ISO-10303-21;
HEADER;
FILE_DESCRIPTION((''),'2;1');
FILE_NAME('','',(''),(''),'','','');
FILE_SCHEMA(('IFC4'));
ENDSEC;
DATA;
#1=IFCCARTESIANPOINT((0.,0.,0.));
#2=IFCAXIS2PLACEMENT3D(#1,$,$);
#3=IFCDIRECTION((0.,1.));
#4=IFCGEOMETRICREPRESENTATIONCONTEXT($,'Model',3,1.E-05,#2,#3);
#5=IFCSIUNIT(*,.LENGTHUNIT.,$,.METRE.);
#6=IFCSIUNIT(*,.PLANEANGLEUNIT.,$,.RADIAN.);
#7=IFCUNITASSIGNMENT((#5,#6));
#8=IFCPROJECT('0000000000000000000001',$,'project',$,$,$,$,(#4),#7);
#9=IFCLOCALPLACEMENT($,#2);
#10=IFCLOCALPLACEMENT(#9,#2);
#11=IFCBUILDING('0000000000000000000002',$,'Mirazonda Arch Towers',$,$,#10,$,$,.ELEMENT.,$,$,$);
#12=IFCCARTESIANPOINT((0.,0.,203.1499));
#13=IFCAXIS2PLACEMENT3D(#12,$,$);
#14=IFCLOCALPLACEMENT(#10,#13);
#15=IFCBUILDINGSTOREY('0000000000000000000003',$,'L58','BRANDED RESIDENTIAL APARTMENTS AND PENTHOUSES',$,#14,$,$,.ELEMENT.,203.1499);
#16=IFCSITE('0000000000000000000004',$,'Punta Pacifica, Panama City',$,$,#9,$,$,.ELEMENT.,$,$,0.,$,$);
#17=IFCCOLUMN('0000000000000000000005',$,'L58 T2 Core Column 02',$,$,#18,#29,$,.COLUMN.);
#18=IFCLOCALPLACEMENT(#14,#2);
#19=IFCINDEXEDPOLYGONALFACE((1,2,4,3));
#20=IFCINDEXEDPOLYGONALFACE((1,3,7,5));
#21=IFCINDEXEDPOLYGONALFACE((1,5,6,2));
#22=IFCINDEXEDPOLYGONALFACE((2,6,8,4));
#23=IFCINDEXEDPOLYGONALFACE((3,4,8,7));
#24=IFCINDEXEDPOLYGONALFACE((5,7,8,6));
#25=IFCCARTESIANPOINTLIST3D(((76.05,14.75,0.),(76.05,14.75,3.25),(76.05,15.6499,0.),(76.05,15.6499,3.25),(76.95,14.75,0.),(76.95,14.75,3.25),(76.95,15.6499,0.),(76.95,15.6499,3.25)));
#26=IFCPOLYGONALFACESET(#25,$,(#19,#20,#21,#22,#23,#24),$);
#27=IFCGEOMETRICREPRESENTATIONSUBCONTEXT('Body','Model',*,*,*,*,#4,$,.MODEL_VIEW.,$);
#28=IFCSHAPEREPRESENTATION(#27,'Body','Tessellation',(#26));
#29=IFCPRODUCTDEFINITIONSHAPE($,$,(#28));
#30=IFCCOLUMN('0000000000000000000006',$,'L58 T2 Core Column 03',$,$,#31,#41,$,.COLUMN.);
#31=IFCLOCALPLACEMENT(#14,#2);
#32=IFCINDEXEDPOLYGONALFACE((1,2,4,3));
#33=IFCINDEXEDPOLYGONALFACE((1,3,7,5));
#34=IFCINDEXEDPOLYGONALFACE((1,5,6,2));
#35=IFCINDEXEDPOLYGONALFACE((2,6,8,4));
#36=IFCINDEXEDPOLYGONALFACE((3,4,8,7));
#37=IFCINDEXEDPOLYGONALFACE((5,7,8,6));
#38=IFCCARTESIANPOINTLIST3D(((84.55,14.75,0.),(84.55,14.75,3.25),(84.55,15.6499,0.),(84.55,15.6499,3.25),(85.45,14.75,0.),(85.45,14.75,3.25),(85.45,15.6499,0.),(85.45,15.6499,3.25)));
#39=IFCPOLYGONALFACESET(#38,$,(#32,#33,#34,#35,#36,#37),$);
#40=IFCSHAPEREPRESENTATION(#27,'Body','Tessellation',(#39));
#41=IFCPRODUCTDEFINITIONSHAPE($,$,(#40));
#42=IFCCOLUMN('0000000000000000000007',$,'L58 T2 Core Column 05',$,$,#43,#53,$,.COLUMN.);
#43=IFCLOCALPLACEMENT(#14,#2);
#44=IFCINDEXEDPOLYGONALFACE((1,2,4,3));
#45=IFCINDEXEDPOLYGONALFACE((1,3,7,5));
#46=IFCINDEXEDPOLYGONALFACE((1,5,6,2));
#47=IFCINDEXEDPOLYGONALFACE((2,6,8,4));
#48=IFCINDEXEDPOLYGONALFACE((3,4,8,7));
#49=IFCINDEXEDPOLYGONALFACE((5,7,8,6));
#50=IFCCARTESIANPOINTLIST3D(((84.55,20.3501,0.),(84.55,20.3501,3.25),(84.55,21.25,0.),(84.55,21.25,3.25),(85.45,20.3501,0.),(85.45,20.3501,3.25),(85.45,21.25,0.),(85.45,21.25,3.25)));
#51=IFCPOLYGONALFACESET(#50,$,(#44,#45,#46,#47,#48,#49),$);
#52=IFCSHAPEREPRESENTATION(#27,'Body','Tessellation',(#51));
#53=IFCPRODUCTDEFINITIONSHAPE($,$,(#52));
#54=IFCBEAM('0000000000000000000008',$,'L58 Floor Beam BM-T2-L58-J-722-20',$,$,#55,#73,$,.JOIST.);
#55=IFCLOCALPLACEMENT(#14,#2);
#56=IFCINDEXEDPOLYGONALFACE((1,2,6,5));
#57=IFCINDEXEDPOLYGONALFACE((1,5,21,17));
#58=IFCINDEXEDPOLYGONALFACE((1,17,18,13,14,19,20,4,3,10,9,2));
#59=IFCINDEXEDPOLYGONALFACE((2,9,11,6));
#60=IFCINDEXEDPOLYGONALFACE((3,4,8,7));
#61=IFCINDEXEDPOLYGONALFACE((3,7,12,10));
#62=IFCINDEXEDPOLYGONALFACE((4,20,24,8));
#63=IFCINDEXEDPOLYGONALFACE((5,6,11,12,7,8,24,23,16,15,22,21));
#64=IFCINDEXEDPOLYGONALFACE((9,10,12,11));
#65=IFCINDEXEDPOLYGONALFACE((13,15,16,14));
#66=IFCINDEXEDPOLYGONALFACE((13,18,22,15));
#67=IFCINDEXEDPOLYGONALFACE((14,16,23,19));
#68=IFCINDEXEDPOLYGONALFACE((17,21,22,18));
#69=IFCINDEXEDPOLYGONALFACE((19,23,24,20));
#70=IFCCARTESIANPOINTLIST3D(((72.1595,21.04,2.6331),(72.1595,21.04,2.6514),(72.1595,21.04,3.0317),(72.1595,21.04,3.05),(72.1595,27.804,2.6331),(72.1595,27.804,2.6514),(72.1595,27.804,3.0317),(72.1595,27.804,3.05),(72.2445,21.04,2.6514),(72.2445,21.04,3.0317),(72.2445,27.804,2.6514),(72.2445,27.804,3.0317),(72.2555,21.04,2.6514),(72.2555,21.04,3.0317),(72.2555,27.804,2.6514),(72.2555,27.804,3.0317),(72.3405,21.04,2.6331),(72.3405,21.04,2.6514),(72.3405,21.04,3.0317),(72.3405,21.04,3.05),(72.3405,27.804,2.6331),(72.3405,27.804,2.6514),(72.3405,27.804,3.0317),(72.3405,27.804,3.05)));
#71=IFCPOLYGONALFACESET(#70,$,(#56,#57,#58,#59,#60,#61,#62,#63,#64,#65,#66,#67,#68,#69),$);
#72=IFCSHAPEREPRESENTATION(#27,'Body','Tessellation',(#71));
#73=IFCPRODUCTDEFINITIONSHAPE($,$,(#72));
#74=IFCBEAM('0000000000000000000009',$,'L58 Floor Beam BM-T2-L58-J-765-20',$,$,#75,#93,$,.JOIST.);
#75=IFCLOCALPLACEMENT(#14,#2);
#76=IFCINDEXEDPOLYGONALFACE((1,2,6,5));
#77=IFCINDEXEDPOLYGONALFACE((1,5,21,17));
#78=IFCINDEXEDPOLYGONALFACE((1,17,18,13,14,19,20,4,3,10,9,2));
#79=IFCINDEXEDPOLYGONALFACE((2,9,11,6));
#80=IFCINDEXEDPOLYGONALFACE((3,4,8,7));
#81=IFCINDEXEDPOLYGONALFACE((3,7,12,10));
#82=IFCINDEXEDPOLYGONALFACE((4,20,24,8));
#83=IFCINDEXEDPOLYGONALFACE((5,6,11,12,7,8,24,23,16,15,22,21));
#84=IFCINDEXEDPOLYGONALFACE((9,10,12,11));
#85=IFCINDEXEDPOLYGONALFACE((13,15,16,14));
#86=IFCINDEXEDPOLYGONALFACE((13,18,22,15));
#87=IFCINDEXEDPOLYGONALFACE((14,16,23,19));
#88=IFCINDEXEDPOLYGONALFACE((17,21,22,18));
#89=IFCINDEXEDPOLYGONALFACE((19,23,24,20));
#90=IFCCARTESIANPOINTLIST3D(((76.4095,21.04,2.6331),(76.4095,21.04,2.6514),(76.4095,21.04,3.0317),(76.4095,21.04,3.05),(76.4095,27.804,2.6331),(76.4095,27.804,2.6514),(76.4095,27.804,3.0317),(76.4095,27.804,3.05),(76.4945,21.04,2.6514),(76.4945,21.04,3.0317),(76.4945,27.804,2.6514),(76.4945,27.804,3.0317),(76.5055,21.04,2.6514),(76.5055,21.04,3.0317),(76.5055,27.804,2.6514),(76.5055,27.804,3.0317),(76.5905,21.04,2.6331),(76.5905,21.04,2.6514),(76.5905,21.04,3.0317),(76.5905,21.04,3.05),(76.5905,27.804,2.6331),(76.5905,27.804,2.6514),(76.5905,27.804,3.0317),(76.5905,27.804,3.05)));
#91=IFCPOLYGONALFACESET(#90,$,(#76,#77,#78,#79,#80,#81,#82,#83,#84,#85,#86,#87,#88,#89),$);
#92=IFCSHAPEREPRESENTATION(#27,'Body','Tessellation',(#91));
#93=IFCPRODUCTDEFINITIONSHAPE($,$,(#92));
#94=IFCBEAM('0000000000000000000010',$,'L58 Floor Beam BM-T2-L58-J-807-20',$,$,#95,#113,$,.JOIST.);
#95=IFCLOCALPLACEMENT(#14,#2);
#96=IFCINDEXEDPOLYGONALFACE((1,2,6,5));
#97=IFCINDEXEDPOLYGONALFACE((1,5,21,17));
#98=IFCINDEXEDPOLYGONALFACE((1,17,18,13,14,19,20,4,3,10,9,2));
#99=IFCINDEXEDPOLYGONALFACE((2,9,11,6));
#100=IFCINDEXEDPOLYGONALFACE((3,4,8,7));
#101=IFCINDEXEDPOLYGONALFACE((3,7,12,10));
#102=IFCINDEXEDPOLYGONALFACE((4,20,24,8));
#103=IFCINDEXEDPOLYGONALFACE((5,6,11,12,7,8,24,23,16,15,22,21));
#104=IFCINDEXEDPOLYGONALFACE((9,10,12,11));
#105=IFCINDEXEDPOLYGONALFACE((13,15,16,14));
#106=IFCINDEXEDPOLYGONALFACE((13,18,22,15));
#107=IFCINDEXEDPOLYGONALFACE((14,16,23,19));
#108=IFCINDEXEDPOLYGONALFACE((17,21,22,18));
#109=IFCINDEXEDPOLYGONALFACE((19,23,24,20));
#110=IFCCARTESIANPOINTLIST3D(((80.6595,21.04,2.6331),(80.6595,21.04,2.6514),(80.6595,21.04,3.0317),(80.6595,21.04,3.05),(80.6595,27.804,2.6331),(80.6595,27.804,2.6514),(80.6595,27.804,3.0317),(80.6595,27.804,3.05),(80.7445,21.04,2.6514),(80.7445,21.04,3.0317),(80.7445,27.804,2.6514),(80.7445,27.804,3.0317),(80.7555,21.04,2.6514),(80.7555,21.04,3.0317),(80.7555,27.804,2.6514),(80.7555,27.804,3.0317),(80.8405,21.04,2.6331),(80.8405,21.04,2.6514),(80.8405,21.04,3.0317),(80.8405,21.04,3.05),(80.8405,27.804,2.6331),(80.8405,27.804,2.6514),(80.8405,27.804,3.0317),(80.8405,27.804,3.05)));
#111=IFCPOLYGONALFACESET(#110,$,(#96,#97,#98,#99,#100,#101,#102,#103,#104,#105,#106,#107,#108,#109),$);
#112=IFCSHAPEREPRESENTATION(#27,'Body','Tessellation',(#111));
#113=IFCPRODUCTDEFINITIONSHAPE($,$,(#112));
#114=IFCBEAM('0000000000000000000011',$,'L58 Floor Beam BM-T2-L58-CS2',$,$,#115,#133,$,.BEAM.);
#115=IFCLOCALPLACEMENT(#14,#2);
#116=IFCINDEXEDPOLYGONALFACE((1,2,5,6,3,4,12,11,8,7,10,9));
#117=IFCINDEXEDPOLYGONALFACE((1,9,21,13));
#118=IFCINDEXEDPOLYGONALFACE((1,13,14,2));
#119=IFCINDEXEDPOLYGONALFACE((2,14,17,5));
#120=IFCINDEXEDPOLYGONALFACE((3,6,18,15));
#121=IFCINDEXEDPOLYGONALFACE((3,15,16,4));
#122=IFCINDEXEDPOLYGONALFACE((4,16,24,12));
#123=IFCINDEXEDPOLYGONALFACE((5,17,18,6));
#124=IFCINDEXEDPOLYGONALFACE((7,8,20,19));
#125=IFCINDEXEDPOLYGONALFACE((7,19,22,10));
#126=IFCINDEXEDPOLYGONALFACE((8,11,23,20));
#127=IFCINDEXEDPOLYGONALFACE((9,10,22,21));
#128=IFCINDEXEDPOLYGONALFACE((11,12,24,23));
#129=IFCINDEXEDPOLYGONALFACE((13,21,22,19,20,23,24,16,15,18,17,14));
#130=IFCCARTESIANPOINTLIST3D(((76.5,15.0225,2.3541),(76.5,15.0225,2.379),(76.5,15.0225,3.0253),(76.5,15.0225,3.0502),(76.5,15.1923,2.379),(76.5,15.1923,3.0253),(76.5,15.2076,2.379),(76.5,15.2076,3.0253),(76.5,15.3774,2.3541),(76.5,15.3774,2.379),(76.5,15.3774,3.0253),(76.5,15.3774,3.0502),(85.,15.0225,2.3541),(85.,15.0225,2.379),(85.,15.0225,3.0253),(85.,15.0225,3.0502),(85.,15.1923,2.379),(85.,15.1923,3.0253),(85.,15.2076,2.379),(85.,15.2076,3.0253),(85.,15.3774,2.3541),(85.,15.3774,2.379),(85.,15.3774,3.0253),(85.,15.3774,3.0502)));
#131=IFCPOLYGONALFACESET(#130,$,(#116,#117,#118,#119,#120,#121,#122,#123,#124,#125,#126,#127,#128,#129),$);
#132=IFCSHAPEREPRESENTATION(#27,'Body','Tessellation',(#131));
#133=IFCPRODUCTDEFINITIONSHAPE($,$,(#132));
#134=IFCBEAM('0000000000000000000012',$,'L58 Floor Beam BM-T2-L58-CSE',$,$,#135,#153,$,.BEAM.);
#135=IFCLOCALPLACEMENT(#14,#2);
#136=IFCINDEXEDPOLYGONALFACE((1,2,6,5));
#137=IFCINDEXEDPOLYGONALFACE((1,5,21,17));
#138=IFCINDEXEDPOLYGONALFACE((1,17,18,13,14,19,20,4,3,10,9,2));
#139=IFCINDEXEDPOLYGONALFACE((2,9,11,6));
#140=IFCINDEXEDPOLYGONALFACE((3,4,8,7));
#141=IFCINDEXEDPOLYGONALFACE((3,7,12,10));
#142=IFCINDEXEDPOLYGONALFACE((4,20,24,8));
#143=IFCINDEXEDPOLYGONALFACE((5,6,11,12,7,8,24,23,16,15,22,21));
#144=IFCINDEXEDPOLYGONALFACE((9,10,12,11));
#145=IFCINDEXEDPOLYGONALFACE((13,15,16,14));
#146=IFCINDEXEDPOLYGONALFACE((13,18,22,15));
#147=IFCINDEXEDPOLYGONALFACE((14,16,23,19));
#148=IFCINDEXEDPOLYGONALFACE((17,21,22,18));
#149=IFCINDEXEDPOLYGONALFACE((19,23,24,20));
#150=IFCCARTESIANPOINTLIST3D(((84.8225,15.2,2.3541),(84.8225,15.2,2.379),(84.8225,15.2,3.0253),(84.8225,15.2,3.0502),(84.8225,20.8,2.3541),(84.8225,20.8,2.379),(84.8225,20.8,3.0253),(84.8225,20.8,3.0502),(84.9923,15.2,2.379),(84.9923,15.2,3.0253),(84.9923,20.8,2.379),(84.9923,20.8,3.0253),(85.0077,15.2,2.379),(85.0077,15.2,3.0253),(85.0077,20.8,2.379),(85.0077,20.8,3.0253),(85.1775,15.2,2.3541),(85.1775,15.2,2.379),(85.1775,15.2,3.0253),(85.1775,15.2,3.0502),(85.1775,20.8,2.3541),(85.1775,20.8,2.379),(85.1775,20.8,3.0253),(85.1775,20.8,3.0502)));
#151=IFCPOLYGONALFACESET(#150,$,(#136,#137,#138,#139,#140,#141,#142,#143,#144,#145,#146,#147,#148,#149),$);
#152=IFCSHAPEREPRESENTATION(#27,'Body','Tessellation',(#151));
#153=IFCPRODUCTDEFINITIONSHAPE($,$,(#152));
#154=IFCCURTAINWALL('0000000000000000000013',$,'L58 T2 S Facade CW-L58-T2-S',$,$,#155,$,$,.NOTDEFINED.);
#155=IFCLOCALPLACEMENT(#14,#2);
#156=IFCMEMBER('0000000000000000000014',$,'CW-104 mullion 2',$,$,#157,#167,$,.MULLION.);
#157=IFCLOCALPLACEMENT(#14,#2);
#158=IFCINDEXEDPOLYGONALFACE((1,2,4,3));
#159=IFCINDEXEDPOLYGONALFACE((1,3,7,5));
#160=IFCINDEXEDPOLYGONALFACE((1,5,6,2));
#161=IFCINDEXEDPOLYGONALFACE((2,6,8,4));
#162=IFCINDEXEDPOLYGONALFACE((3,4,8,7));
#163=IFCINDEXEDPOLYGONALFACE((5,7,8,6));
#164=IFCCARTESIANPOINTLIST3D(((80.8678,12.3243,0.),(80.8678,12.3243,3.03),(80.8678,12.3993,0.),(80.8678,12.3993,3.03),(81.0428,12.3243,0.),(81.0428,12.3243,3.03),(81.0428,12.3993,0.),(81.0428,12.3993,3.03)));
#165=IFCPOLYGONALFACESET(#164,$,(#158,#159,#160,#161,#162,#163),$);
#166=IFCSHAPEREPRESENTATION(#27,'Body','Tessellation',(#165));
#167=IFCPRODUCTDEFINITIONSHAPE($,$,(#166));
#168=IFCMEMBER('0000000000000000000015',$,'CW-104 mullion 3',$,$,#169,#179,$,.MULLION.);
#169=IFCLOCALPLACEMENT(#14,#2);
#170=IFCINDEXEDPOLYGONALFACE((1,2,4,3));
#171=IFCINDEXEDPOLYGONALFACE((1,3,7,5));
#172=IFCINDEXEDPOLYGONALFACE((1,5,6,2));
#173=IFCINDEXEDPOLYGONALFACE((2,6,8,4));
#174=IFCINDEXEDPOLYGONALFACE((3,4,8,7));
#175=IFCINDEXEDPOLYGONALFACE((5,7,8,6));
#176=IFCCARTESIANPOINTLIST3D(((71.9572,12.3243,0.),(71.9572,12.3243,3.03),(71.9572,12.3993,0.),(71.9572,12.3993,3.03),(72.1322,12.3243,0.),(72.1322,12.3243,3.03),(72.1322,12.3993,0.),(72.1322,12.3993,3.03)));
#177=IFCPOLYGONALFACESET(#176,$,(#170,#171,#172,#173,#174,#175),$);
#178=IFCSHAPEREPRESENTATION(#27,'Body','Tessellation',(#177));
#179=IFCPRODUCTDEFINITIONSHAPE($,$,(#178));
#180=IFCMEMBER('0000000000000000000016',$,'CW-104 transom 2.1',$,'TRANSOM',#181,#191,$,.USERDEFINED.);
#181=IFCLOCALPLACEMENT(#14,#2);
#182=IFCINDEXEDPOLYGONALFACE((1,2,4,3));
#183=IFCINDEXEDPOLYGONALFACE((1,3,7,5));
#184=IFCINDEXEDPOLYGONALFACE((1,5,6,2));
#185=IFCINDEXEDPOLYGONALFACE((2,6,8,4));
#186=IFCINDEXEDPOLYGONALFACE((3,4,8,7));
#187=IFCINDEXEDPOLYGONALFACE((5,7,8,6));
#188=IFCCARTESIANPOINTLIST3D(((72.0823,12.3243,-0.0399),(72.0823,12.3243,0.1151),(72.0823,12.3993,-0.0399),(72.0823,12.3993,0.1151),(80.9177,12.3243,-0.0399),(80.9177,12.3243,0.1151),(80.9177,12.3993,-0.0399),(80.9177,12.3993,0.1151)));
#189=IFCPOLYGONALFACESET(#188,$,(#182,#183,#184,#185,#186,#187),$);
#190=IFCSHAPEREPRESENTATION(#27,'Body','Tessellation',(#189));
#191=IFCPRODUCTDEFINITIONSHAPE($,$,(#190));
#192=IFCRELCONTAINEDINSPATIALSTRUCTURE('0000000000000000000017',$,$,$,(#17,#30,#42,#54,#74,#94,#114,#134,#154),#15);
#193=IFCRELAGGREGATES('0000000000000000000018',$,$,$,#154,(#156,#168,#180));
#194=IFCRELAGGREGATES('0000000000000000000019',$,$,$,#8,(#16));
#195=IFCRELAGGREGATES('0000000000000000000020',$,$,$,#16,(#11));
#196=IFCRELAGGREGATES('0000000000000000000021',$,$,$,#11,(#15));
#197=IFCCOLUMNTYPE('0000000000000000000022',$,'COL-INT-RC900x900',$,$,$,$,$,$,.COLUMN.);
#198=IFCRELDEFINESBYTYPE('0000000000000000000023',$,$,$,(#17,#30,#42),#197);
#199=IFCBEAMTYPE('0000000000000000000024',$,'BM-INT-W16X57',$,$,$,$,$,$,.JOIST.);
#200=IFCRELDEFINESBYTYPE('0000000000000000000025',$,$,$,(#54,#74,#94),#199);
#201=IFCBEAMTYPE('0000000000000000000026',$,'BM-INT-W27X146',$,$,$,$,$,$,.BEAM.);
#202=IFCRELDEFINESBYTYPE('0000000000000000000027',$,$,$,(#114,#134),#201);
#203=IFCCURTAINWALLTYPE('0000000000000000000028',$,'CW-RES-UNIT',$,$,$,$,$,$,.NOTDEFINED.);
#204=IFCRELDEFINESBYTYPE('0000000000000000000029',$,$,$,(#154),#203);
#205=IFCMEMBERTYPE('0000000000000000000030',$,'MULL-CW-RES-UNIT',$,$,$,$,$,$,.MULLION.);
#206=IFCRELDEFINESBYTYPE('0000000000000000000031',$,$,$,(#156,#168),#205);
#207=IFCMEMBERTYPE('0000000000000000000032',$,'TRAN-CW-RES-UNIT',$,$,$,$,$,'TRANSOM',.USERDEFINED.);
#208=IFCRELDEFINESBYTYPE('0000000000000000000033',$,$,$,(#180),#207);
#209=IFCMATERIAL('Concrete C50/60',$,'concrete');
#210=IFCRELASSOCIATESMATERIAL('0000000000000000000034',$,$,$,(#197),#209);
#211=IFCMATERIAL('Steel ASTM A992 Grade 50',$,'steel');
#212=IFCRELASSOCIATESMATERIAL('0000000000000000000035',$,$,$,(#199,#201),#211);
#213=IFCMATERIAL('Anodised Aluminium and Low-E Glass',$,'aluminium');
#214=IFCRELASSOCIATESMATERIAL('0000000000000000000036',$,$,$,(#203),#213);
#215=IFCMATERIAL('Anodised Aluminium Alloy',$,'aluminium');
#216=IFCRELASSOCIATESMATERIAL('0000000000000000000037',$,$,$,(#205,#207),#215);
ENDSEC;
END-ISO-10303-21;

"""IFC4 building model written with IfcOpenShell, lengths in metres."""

from ifc_helpers import new_model, si_unit, direction, frame, origin, origin_2d, place, context, subcontext, project, spatial, rectangle, i_section, extrude, material, material_profile, profile_set, type_object, element, aggregate, save


model = new_model("IFC4")

# Units and contexts
model_context = context("Model", 3, precision=1e-05, world=origin(), true_north=direction((0.0, 1.0)))
body_context = subcontext(model_context, "Body", "Model", "MODEL_VIEW")
ifc_project = project(units=[si_unit("LENGTHUNIT", "METRE"), si_unit("PLANEANGLEUNIT", "RADIAN")], contexts=[model_context])

# Site, building, storey
site_placement = place(None, origin())
site = spatial("IfcSite", under=ifc_project, at=site_placement, Name="Punta Pacifica, Panama City", CompositionType="ELEMENT", RefElevation=0.0)
building_placement = place(site_placement, origin())
building = spatial("IfcBuilding", under=site, at=building_placement, Name="Mirazonda Arch Towers", CompositionType="ELEMENT")
storey_placement = place(building_placement, frame((0.0, 0.0, 203.1499)))
storey = spatial("IfcBuildingStorey", under=building, at=storey_placement, Name="L58", Description="BRANDED RESIDENTIAL APARTMENTS AND PENTHOUSES", CompositionType="ELEMENT", Elevation=203.1499)

# Columns
ifc_material_1 = material(Name="Concrete C50/60", Category="concrete")
ifc_material_profile_1 = material_profile(ifc_material_1, rectangle(XDim=0.8999, YDim=0.8999, at=origin_2d()), Name="RC900x900")
ifc_profile_set_1 = profile_set([ifc_material_profile_1], Name="Concrete C50/60")
column_type = type_object("IfcColumnType", Name="COL-INT-RC900x900", PredefinedType="COLUMN", material=ifc_profile_set_1)
for number, where, z_axis, x_axis, name in (
    (1, (76.5, 15.2, 0.0), (0.0, 0.0, 1.0), (1.0, 0.0, 0.0), "L58 T2 Core Column 02"),
    (2, (85.0, 15.2, 0.0), (0.0, 0.0, 1.0), (1.0, 0.0, 0.0), "L58 T2 Core Column 03"),
    (3, (85.0, 20.8, 0.0), (0.0, 0.0, 1.0), (1.0, 0.0, 0.0), "L58 T2 Core Column 05"),
):
    element("IfcColumn", number, at=place(storey_placement, frame(where, z_axis=z_axis, x_axis=x_axis)), inside=storey, type_object=column_type, Name=name, PredefinedType="COLUMN", context=body_context, shape_type="SweptSolid", body=[
        extrude(rectangle(XDim=0.8999, YDim=0.8999, at=origin_2d()), origin(), (0.0, 0.0, 1.0), 3.25),
    ])

# Beams
ifc_material_2 = material(Name="Steel ASTM A992 Grade 50", Category="steel")
ifc_material_profile_2 = material_profile(ifc_material_2, i_section(OverallWidth=0.1809, OverallDepth=0.417, WebThickness=0.011, FlangeThickness=0.0183, at=origin_2d()), Name="W16X57")
ifc_profile_set_2 = profile_set([ifc_material_profile_2], Name="Steel ASTM A992 Grade 50")
beam_type_1 = type_object("IfcBeamType", Name="BM-INT-W16X57", PredefinedType="JOIST", material=ifc_profile_set_2)
for number, where, z_axis, x_axis, name in (
    (4, (72.25, 21.04, 2.8416), (0.0, 1.0, 0.0), (-1.0, 0.0, 0.0), "L58 Floor Beam BM-T2-L58-J-722-20"),
    (5, (76.5, 21.04, 2.8416), (0.0, 1.0, 0.0), (-1.0, 0.0, 0.0), "L58 Floor Beam BM-T2-L58-J-765-20"),
    (6, (80.75, 21.04, 2.8416), (0.0, 1.0, 0.0), (-1.0, 0.0, 0.0), "L58 Floor Beam BM-T2-L58-J-807-20"),
):
    element("IfcBeam", number, at=place(storey_placement, frame(where, z_axis=z_axis, x_axis=x_axis)), inside=storey, type_object=beam_type_1, Name=name, PredefinedType="JOIST", context=body_context, shape_type="SweptSolid", body=[
        extrude(i_section(OverallWidth=0.1809, OverallDepth=0.417, WebThickness=0.011, FlangeThickness=0.0183, at=origin_2d()), origin(), (0.0, 0.0, 1.0), 6.7639),
    ])
ifc_material_profile_3 = material_profile(ifc_material_2, i_section(OverallWidth=0.355, OverallDepth=0.696, WebThickness=0.0154, FlangeThickness=0.0249, at=origin_2d()), Name="W27X146")
ifc_profile_set_3 = profile_set([ifc_material_profile_3], Name="Steel ASTM A992 Grade 50")
beam_type_2 = type_object("IfcBeamType", Name="BM-INT-W27X146", PredefinedType="BEAM", material=ifc_profile_set_3)
beam_1_placement = place(storey_placement, frame((76.5, 15.2, 2.7021), z_axis=(1.0, 0.0, 0.0), x_axis=(0.0, 1.0, 0.0)))
element("IfcBeam", 7, at=beam_1_placement, inside=storey, type_object=beam_type_2, Name="L58 Floor Beam BM-T2-L58-CS2", PredefinedType="BEAM", context=body_context, shape_type="SweptSolid", body=[
    extrude(i_section(OverallWidth=0.355, OverallDepth=0.696, WebThickness=0.0154, FlangeThickness=0.0249, at=origin_2d()), origin(), (0.0, 0.0, 1.0), 8.5),
])
beam_2_placement = place(storey_placement, frame((85.0, 15.2, 2.7021), z_axis=(0.0, 1.0, 0.0), x_axis=(-1.0, 0.0, 0.0)))
element("IfcBeam", 8, at=beam_2_placement, inside=storey, type_object=beam_type_2, Name="L58 Floor Beam BM-T2-L58-CSE", PredefinedType="BEAM", context=body_context, shape_type="SweptSolid", body=[
    extrude(i_section(OverallWidth=0.355, OverallDepth=0.696, WebThickness=0.0154, FlangeThickness=0.0249, at=origin_2d()), origin(), (0.0, 0.0, 1.0), 5.6001),
])

# Curtain wall, members
ifc_material_3 = material(Name="Anodised Aluminium and Low-E Glass", Category="aluminium")
curtain_wall_type = type_object("IfcCurtainWallType", Name="CW-RES-UNIT", PredefinedType="NOTDEFINED", material=ifc_material_3)
curtain_wall_placement = place(storey_placement, origin())
curtain_wall = element("IfcCurtainWall", 9, at=curtain_wall_placement, inside=storey, type_object=curtain_wall_type, Name="L58 T2 S Facade CW-L58-T2-S", PredefinedType="NOTDEFINED")
ifc_material_4 = material(Name="Anodised Aluminium Alloy", Category="aluminium")
ifc_material_profile_4 = material_profile(ifc_material_4, rectangle(XDim=0.075, YDim=0.175, at=origin_2d()), Name="ALU-MULL-75x175")
ifc_profile_set_4 = profile_set([ifc_material_profile_4], Name="Anodised Aluminium Alloy")
member_type_1 = type_object("IfcMemberType", Name="MULL-CW-RES-UNIT", PredefinedType="MULLION", material=ifc_profile_set_4)
member_1_placement = place(storey_placement, frame((80.9553, 12.3618, 0.0), z_axis=(0.0, 0.0, 1.0), x_axis=(0.0, -1.0, 0.0)))
member_1 = element("IfcMember", 10, at=member_1_placement, type_object=member_type_1, Name="CW-104 mullion 2", PredefinedType="MULLION", context=body_context, shape_type="SweptSolid", body=[
    extrude(rectangle(XDim=0.075, YDim=0.175, at=origin_2d()), origin(), (0.0, 0.0, 1.0), 3.03),
])
member_2_placement = place(storey_placement, frame((72.0447, 12.3618, 0.0), z_axis=(0.0, 0.0, 1.0), x_axis=(0.0, -1.0, 0.0)))
member_2 = element("IfcMember", 11, at=member_2_placement, type_object=member_type_1, Name="CW-104 mullion 3", PredefinedType="MULLION", context=body_context, shape_type="SweptSolid", body=[
    extrude(rectangle(XDim=0.075, YDim=0.175, at=origin_2d()), origin(), (0.0, 0.0, 1.0), 3.03),
])
ifc_material_profile_5 = material_profile(ifc_material_4, rectangle(XDim=0.075, YDim=0.155, at=origin_2d()), Name="ALU-TRAN-75x155")
ifc_profile_set_5 = profile_set([ifc_material_profile_5], Name="Anodised Aluminium Alloy")
member_type_2 = type_object("IfcMemberType", Name="TRAN-CW-RES-UNIT", ElementType="TRANSOM", PredefinedType="USERDEFINED", material=ifc_profile_set_5)
member_3_placement = place(storey_placement, frame((80.9177, 12.3618, 0.0376), z_axis=(-1.0, 0.0, 0.0), x_axis=(0.0, -1.0, 0.0)))
member_3 = element("IfcMember", 12, at=member_3_placement, type_object=member_type_2, Name="CW-104 transom 2.1", ObjectType="TRANSOM", PredefinedType="USERDEFINED", context=body_context, shape_type="SweptSolid", body=[
    extrude(rectangle(XDim=0.075, YDim=0.155, at=origin_2d()), origin(), (0.0, 0.0, 1.0), 8.8354),
])
aggregate(curtain_wall, [member_1, member_2, member_3])

save(model, "model.ifc")
